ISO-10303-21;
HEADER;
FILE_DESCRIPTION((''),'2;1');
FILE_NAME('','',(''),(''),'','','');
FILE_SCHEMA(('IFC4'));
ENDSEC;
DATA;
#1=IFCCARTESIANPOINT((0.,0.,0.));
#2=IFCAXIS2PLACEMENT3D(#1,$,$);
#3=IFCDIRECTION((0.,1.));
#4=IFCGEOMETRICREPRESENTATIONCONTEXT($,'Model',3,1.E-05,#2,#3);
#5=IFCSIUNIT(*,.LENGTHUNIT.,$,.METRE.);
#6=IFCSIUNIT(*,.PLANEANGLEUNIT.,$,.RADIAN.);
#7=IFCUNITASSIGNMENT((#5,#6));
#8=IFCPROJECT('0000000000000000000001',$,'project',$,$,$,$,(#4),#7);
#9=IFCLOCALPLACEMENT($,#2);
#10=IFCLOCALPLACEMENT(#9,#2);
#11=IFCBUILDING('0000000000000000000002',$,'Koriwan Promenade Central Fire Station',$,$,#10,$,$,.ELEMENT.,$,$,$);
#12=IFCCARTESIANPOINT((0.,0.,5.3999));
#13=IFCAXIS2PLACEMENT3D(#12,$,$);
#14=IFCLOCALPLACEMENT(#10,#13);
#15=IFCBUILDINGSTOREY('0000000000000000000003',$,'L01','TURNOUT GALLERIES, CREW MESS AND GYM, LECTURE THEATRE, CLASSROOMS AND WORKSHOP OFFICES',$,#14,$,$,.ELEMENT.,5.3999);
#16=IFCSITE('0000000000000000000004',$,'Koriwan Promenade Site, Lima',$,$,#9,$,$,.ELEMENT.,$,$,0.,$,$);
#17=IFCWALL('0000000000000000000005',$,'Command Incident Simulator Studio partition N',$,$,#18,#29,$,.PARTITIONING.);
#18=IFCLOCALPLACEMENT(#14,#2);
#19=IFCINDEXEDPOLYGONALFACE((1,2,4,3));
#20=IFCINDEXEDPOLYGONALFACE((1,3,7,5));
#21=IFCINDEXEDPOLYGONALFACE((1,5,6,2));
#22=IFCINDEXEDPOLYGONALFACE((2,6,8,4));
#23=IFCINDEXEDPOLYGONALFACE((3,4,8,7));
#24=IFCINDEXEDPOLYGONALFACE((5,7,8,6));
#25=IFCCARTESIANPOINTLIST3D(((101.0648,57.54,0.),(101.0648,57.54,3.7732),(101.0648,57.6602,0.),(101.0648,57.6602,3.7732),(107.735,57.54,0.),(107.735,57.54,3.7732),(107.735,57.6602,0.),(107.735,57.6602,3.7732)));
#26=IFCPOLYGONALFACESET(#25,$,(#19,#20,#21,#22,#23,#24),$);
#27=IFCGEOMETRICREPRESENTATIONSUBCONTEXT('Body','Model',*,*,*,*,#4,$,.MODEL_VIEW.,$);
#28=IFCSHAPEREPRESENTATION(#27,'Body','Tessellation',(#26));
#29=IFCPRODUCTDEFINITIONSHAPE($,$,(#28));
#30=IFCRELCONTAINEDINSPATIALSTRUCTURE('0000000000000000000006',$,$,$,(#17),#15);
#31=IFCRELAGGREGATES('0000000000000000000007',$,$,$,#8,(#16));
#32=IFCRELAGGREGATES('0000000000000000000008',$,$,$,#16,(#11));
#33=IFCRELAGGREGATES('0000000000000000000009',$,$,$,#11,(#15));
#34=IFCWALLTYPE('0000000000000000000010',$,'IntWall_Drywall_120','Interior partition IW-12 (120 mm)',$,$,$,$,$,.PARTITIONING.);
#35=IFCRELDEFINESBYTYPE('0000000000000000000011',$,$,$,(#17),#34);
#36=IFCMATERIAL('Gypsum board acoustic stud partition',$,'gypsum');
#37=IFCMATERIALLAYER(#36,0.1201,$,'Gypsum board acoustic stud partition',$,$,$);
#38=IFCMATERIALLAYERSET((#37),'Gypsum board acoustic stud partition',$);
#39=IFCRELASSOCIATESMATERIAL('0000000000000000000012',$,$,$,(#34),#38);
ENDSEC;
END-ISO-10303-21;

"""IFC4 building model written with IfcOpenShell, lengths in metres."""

from ifc_helpers import new_model, si_unit, direction, frame, frame_2d, origin, place, context, subcontext, project, spatial, rectangle, extrude, material, layer, layer_set, type_object, element, save


model = new_model("IFC4")

# Units and contexts
model_context = context("Model", 3, precision=1e-05, world=origin(), true_north=direction((0.0, 1.0)))
body_context = subcontext(model_context, "Body", "Model", "MODEL_VIEW")
ifc_project = project(units=[si_unit("LENGTHUNIT", "METRE"), si_unit("PLANEANGLEUNIT", "RADIAN")], contexts=[model_context])

# Site, building, storey
site_placement = place(None, origin())
site = spatial("IfcSite", under=ifc_project, at=site_placement, Name="Koriwan Promenade Site, Lima", CompositionType="ELEMENT", RefElevation=0.0)
building_placement = place(site_placement, origin())
building = spatial("IfcBuilding", under=site, at=building_placement, Name="Koriwan Promenade Central Fire Station", CompositionType="ELEMENT")
storey_placement = place(building_placement, frame((0.0, 0.0, 5.3999)))
storey = spatial("IfcBuildingStorey", under=building, at=storey_placement, Name="L01", Description="TURNOUT GALLERIES, CREW MESS AND GYM, LECTURE THEATRE, CLASSROOMS AND WORKSHOP OFFICES", CompositionType="ELEMENT", Elevation=5.3999)

# Wall
ifc_material_1 = material(Name="Gypsum board acoustic stud partition", Category="gypsum")
ifc_layer_1 = layer(ifc_material_1, 0.1201, Name="Gypsum board acoustic stud partition")
ifc_layer_set_1 = layer_set([ifc_layer_1], Name="Gypsum board acoustic stud partition")
wall_type_1 = type_object("IfcWallType", Name="IntWall_Drywall_120", Description="Interior partition IW-12 (120 mm)", PredefinedType="PARTITIONING", material=ifc_layer_set_1)
wall_1_placement = place(storey_placement, frame((101.0649, 57.6001, 0.0), z_axis=(0.0, 0.0, 1.0), x_axis=(1.0, 0.0, 0.0)))
element("IfcWall", 1, at=wall_1_placement, inside=storey, type_object=wall_type_1, Name="Command Incident Simulator Studio partition N", PredefinedType="PARTITIONING", context=body_context, shape_type="SweptSolid", body=[
    extrude(rectangle(XDim=6.6702, YDim=0.1201, at=frame_2d((3.335, 0.0))), origin(), (0.0, 0.0, 1.0), 3.7732),
])

save(model, "model.ifc")
